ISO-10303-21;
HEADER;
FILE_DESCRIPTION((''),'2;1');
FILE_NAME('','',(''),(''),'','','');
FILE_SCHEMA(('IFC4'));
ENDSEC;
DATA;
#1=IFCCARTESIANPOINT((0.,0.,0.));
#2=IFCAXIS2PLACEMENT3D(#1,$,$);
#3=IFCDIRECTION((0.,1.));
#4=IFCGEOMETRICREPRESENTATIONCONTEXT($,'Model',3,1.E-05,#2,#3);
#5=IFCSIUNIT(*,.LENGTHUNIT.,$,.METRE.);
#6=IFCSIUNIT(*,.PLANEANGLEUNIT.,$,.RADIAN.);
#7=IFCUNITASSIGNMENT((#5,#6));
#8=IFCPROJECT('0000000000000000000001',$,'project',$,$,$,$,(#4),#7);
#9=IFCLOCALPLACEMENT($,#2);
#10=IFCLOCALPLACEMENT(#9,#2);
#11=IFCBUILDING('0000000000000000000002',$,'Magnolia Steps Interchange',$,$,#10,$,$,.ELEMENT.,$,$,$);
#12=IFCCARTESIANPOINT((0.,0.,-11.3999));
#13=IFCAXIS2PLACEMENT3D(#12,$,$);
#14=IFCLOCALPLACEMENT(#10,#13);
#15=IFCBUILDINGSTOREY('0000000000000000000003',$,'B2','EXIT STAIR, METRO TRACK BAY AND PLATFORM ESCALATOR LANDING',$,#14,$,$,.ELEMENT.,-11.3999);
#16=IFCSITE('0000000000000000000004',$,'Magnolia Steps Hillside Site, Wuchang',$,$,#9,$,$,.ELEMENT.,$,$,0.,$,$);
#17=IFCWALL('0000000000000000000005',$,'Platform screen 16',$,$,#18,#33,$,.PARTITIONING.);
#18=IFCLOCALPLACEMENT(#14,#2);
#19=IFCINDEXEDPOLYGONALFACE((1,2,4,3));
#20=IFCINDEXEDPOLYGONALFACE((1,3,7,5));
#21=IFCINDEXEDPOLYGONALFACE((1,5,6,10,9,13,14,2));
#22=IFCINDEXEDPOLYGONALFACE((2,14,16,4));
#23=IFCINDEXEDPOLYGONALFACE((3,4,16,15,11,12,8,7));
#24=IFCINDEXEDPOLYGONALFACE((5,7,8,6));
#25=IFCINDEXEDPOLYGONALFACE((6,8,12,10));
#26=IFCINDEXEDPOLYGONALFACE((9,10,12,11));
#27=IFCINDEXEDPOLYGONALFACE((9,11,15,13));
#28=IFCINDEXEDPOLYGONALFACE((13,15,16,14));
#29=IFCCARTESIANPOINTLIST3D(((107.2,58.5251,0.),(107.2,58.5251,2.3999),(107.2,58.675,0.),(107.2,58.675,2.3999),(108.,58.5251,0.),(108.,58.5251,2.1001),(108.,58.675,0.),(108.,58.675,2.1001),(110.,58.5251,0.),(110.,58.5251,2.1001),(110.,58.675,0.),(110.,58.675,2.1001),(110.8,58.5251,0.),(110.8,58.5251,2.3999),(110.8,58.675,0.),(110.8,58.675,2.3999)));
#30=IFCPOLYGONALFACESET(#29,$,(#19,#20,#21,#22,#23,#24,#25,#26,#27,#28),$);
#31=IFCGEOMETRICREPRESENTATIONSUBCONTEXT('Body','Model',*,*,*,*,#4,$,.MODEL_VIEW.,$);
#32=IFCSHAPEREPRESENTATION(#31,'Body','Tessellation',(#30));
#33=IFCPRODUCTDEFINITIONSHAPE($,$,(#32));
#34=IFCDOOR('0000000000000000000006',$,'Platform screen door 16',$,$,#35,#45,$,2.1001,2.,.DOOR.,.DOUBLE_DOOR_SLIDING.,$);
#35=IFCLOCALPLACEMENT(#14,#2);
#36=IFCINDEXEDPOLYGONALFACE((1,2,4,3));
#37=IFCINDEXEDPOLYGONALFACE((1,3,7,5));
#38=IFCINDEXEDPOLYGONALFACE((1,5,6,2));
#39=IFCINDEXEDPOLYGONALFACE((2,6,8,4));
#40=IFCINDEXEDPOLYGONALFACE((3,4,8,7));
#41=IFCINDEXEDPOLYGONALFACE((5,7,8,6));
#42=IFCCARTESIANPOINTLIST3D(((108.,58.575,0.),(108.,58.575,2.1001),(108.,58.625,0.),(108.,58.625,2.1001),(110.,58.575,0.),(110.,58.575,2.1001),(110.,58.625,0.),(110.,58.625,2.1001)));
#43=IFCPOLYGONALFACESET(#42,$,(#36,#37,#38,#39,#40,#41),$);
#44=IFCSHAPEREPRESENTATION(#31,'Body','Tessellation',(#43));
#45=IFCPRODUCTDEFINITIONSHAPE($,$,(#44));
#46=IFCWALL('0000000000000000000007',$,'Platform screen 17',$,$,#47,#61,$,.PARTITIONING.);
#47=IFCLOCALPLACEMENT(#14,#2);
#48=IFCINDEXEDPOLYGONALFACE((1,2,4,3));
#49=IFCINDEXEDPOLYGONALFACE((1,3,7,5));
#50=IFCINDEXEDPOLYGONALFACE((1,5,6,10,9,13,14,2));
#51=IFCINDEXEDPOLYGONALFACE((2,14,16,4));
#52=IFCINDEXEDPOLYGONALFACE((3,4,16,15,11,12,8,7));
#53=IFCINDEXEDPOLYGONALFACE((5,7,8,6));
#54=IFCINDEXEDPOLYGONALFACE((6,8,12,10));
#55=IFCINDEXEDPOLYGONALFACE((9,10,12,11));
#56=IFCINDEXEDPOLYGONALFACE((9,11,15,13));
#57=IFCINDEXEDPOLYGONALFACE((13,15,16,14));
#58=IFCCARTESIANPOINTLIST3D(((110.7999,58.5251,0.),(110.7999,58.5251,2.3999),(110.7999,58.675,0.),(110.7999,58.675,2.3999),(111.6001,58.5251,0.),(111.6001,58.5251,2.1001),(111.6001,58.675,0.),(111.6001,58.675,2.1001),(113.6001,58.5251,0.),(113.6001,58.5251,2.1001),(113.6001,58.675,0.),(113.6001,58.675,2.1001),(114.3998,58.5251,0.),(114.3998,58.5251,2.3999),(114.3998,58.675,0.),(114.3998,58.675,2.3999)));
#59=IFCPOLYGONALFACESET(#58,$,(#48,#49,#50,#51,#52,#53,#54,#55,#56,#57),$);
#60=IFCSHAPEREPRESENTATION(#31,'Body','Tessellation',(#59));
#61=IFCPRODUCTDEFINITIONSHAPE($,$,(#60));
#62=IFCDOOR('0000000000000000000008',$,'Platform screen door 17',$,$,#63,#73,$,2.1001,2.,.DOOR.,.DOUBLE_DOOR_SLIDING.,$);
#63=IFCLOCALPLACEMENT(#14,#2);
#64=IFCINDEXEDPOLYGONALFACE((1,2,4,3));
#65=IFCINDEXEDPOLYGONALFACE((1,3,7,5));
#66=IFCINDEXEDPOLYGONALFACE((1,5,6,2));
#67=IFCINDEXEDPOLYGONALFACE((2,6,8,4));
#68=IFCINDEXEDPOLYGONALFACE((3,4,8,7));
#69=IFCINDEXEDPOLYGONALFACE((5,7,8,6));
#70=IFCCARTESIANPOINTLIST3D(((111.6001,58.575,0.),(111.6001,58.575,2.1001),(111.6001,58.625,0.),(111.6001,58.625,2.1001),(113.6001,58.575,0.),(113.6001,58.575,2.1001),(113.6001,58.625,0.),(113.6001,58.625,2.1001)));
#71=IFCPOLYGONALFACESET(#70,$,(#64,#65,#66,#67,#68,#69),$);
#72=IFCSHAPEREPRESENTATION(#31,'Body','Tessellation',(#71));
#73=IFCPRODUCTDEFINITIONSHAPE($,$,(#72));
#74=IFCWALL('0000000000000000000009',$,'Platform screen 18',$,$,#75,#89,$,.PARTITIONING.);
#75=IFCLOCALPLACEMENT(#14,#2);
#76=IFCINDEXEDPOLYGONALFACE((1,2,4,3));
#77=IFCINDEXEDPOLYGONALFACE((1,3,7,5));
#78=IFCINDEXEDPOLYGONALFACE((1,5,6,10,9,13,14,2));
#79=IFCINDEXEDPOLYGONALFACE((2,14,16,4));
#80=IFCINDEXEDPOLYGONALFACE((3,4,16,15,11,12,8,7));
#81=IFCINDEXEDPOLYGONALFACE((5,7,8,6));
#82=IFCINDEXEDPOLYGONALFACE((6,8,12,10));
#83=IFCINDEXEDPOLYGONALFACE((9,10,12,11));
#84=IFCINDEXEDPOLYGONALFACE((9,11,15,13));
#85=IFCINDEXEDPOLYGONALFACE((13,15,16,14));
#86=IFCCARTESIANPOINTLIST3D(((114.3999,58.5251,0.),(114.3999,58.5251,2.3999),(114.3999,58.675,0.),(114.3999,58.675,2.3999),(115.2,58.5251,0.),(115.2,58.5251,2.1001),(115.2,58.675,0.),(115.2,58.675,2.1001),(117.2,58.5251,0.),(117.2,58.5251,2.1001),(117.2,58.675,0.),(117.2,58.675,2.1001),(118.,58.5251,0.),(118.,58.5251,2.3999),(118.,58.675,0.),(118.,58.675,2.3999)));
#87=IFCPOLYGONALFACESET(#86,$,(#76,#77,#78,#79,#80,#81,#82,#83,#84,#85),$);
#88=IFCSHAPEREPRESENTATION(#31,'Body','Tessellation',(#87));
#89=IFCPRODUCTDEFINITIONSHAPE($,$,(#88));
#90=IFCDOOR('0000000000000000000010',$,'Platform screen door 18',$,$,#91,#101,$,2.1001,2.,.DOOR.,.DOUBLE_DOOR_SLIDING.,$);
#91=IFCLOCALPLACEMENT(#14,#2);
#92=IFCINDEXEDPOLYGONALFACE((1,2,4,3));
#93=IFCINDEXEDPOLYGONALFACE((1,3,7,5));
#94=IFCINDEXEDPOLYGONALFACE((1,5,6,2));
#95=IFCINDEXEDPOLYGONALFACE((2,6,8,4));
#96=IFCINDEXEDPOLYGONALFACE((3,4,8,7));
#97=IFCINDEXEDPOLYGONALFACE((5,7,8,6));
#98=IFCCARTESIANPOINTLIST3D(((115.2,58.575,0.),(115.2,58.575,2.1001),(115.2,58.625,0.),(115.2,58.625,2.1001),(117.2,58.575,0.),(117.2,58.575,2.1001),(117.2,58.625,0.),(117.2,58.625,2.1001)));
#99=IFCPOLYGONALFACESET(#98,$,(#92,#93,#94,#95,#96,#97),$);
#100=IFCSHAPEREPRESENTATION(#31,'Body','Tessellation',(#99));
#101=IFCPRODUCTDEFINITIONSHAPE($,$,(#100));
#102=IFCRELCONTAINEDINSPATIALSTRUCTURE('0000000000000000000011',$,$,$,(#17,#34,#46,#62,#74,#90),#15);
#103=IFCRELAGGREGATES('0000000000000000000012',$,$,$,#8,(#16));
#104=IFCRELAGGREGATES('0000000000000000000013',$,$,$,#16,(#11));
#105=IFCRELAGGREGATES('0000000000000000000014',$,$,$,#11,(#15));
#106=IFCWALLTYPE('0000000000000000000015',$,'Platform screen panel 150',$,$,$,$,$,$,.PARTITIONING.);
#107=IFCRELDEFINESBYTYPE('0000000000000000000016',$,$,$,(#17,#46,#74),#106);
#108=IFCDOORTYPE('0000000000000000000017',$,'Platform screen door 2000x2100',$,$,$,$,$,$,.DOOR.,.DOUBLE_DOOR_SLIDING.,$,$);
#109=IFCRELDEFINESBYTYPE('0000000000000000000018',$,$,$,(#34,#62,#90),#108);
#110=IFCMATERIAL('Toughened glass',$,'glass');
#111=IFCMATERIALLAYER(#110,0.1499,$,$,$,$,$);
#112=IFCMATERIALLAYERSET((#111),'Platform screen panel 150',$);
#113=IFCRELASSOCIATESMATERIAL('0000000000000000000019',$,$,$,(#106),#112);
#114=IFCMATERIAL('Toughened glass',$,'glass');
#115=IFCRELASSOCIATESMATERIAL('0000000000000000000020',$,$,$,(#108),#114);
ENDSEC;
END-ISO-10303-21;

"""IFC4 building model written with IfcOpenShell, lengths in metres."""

from ifc_helpers import new_model, si_unit, direction, frame, frame_2d, origin, place, context, subcontext, project, spatial, rectangle, extrude, material, layer, layer_set, type_object, element, fill, save


model = new_model("IFC4")

# Units and contexts
model_context = context("Model", 3, precision=1e-05, world=origin(), true_north=direction((0.0, 1.0)))
body_context = subcontext(model_context, "Body", "Model", "MODEL_VIEW")
ifc_project = project(units=[si_unit("LENGTHUNIT", "METRE"), si_unit("PLANEANGLEUNIT", "RADIAN")], contexts=[model_context])

# Site, building, storey
site_placement = place(None, origin())
site = spatial("IfcSite", under=ifc_project, at=site_placement, Name="Magnolia Steps Hillside Site, Wuchang", CompositionType="ELEMENT", RefElevation=0.0)
building_placement = place(site_placement, origin())
building = spatial("IfcBuilding", under=site, at=building_placement, Name="Magnolia Steps Interchange", CompositionType="ELEMENT")
storey_placement = place(building_placement, frame((0.0, 0.0, -11.3999)))
storey = spatial("IfcBuildingStorey", under=building, at=storey_placement, Name="B2", Description="EXIT STAIR, METRO TRACK BAY AND PLATFORM ESCALATOR LANDING", CompositionType="ELEMENT", Elevation=-11.3999)

# Walls, openings, doors
ifc_material_1 = material(Name="Toughened glass", Category="glass")
ifc_layer_1 = layer(ifc_material_1, 0.1499)
ifc_layer_set_1 = layer_set([ifc_layer_1], Name="Platform screen panel 150")
wall_type_1 = type_object("IfcWallType", Name="Platform screen panel 150", PredefinedType="PARTITIONING", material=ifc_layer_set_1)
ifc_material_2 = material(Name="Toughened glass", Category="glass")
door_type_1 = type_object("IfcDoorType", Name="Platform screen door 2000x2100", OperationType="DOUBLE_DOOR_SLIDING", PredefinedType="DOOR", material=ifc_material_2)
wall_1_placement = place(storey_placement, frame((107.2, 58.6001, 0.0), z_axis=(0.0, 0.0, 1.0), x_axis=(1.0, 0.0, 0.0)))
wall_1 = element("IfcWall", 1, at=wall_1_placement, inside=storey, type_object=wall_type_1, Name="Platform screen 16", PredefinedType="PARTITIONING", context=body_context, shape_type="SweptSolid", body=[
    extrude(rectangle(XDim=3.6001, YDim=0.1499, at=frame_2d((1.8, 0.0))), origin(), (0.0, 0.0, 1.0), 2.3999),
])
opening_1_placement = place(wall_1_placement, frame((0.8, 0.0, 0.0)))
opening_1 = element("IfcOpeningElement", 2, at=opening_1_placement, cuts=wall_1, PredefinedType="OPENING", context=body_context, shape_type="SweptSolid", body=[
    extrude(rectangle(XDim=2.0, YDim=2.1001, at=frame_2d((1.0, 1.05))), frame((0.0, 0.085, 0.0), z_axis=(0.0, -1.0, 0.0), x_axis=(1.0, 0.0, 0.0)), (0.0, 0.0, 1.0), 0.1699),
])
door_1_placement = place(opening_1_placement, origin())
door_1 = element("IfcDoor", 3, at=door_1_placement, inside=storey, type_object=door_type_1, Name="Platform screen door 16", OperationType="DOUBLE_DOOR_SLIDING", OverallHeight=2.1001, OverallWidth=2.0, PredefinedType="DOOR", context=body_context, shape_type="SweptSolid", body=[
    extrude(rectangle(XDim=2.0, YDim=2.1001, at=frame_2d((1.0, 1.05))), frame((0.0, 0.0249, 0.0), z_axis=(0.0, -1.0, 0.0), x_axis=(1.0, 0.0, 0.0)), (0.0, 0.0, 1.0), 0.05),
])
fill(opening_1, door_1)
wall_2_placement = place(storey_placement, frame((110.8, 58.6001, 0.0), z_axis=(0.0, 0.0, 1.0), x_axis=(1.0, 0.0, 0.0)))
wall_2 = element("IfcWall", 4, at=wall_2_placement, inside=storey, type_object=wall_type_1, Name="Platform screen 17", PredefinedType="PARTITIONING", context=body_context, shape_type="SweptSolid", body=[
    extrude(rectangle(XDim=3.5999, YDim=0.1499, at=frame_2d((1.7998, 0.0))), origin(), (0.0, 0.0, 1.0), 2.3999),
])
opening_2_placement = place(wall_2_placement, frame((0.8, 0.0, 0.0)))
opening_2 = element("IfcOpeningElement", 5, at=opening_2_placement, cuts=wall_2, PredefinedType="OPENING", context=body_context, shape_type="SweptSolid", body=[
    extrude(rectangle(XDim=2.0, YDim=2.1001, at=frame_2d((1.0, 1.05))), frame((0.0, 0.085, 0.0), z_axis=(0.0, -1.0, 0.0), x_axis=(1.0, 0.0, 0.0)), (0.0, 0.0, 1.0), 0.1699),
])
door_2_placement = place(opening_2_placement, origin())
door_2 = element("IfcDoor", 6, at=door_2_placement, inside=storey, type_object=door_type_1, Name="Platform screen door 17", OperationType="DOUBLE_DOOR_SLIDING", OverallHeight=2.1001, OverallWidth=2.0, PredefinedType="DOOR", context=body_context, shape_type="SweptSolid", body=[
    extrude(rectangle(XDim=2.0, YDim=2.1001, at=frame_2d((1.0, 1.05))), frame((0.0, 0.0249, 0.0), z_axis=(0.0, -1.0, 0.0), x_axis=(1.0, 0.0, 0.0)), (0.0, 0.0, 1.0), 0.05),
])
fill(opening_2, door_2)
wall_3_placement = place(storey_placement, frame((114.3999, 58.6001, 0.0), z_axis=(0.0, 0.0, 1.0), x_axis=(1.0, 0.0, 0.0)))
wall_3 = element("IfcWall", 7, at=wall_3_placement, inside=storey, type_object=wall_type_1, Name="Platform screen 18", PredefinedType="PARTITIONING", context=body_context, shape_type="SweptSolid", body=[
    extrude(rectangle(XDim=3.6001, YDim=0.1499, at=frame_2d((1.8, 0.0))), origin(), (0.0, 0.0, 1.0), 2.3999),
])
opening_3_placement = place(wall_3_placement, frame((0.8, 0.0, 0.0)))
opening_3 = element("IfcOpeningElement", 8, at=opening_3_placement, cuts=wall_3, PredefinedType="OPENING", context=body_context, shape_type="SweptSolid", body=[
    extrude(rectangle(XDim=2.0, YDim=2.1001, at=frame_2d((1.0, 1.05))), frame((0.0, 0.085, 0.0), z_axis=(0.0, -1.0, 0.0), x_axis=(1.0, 0.0, 0.0)), (0.0, 0.0, 1.0), 0.1699),
])
door_3_placement = place(opening_3_placement, origin())
door_3 = element("IfcDoor", 9, at=door_3_placement, inside=storey, type_object=door_type_1, Name="Platform screen door 18", OperationType="DOUBLE_DOOR_SLIDING", OverallHeight=2.1001, OverallWidth=2.0, PredefinedType="DOOR", context=body_context, shape_type="SweptSolid", body=[
    extrude(rectangle(XDim=2.0, YDim=2.1001, at=frame_2d((1.0, 1.05))), frame((0.0, 0.0249, 0.0), z_axis=(0.0, -1.0, 0.0), x_axis=(1.0, 0.0, 0.0)), (0.0, 0.0, 1.0), 0.05),
])
fill(opening_3, door_3)

save(model, "model.ifc")
